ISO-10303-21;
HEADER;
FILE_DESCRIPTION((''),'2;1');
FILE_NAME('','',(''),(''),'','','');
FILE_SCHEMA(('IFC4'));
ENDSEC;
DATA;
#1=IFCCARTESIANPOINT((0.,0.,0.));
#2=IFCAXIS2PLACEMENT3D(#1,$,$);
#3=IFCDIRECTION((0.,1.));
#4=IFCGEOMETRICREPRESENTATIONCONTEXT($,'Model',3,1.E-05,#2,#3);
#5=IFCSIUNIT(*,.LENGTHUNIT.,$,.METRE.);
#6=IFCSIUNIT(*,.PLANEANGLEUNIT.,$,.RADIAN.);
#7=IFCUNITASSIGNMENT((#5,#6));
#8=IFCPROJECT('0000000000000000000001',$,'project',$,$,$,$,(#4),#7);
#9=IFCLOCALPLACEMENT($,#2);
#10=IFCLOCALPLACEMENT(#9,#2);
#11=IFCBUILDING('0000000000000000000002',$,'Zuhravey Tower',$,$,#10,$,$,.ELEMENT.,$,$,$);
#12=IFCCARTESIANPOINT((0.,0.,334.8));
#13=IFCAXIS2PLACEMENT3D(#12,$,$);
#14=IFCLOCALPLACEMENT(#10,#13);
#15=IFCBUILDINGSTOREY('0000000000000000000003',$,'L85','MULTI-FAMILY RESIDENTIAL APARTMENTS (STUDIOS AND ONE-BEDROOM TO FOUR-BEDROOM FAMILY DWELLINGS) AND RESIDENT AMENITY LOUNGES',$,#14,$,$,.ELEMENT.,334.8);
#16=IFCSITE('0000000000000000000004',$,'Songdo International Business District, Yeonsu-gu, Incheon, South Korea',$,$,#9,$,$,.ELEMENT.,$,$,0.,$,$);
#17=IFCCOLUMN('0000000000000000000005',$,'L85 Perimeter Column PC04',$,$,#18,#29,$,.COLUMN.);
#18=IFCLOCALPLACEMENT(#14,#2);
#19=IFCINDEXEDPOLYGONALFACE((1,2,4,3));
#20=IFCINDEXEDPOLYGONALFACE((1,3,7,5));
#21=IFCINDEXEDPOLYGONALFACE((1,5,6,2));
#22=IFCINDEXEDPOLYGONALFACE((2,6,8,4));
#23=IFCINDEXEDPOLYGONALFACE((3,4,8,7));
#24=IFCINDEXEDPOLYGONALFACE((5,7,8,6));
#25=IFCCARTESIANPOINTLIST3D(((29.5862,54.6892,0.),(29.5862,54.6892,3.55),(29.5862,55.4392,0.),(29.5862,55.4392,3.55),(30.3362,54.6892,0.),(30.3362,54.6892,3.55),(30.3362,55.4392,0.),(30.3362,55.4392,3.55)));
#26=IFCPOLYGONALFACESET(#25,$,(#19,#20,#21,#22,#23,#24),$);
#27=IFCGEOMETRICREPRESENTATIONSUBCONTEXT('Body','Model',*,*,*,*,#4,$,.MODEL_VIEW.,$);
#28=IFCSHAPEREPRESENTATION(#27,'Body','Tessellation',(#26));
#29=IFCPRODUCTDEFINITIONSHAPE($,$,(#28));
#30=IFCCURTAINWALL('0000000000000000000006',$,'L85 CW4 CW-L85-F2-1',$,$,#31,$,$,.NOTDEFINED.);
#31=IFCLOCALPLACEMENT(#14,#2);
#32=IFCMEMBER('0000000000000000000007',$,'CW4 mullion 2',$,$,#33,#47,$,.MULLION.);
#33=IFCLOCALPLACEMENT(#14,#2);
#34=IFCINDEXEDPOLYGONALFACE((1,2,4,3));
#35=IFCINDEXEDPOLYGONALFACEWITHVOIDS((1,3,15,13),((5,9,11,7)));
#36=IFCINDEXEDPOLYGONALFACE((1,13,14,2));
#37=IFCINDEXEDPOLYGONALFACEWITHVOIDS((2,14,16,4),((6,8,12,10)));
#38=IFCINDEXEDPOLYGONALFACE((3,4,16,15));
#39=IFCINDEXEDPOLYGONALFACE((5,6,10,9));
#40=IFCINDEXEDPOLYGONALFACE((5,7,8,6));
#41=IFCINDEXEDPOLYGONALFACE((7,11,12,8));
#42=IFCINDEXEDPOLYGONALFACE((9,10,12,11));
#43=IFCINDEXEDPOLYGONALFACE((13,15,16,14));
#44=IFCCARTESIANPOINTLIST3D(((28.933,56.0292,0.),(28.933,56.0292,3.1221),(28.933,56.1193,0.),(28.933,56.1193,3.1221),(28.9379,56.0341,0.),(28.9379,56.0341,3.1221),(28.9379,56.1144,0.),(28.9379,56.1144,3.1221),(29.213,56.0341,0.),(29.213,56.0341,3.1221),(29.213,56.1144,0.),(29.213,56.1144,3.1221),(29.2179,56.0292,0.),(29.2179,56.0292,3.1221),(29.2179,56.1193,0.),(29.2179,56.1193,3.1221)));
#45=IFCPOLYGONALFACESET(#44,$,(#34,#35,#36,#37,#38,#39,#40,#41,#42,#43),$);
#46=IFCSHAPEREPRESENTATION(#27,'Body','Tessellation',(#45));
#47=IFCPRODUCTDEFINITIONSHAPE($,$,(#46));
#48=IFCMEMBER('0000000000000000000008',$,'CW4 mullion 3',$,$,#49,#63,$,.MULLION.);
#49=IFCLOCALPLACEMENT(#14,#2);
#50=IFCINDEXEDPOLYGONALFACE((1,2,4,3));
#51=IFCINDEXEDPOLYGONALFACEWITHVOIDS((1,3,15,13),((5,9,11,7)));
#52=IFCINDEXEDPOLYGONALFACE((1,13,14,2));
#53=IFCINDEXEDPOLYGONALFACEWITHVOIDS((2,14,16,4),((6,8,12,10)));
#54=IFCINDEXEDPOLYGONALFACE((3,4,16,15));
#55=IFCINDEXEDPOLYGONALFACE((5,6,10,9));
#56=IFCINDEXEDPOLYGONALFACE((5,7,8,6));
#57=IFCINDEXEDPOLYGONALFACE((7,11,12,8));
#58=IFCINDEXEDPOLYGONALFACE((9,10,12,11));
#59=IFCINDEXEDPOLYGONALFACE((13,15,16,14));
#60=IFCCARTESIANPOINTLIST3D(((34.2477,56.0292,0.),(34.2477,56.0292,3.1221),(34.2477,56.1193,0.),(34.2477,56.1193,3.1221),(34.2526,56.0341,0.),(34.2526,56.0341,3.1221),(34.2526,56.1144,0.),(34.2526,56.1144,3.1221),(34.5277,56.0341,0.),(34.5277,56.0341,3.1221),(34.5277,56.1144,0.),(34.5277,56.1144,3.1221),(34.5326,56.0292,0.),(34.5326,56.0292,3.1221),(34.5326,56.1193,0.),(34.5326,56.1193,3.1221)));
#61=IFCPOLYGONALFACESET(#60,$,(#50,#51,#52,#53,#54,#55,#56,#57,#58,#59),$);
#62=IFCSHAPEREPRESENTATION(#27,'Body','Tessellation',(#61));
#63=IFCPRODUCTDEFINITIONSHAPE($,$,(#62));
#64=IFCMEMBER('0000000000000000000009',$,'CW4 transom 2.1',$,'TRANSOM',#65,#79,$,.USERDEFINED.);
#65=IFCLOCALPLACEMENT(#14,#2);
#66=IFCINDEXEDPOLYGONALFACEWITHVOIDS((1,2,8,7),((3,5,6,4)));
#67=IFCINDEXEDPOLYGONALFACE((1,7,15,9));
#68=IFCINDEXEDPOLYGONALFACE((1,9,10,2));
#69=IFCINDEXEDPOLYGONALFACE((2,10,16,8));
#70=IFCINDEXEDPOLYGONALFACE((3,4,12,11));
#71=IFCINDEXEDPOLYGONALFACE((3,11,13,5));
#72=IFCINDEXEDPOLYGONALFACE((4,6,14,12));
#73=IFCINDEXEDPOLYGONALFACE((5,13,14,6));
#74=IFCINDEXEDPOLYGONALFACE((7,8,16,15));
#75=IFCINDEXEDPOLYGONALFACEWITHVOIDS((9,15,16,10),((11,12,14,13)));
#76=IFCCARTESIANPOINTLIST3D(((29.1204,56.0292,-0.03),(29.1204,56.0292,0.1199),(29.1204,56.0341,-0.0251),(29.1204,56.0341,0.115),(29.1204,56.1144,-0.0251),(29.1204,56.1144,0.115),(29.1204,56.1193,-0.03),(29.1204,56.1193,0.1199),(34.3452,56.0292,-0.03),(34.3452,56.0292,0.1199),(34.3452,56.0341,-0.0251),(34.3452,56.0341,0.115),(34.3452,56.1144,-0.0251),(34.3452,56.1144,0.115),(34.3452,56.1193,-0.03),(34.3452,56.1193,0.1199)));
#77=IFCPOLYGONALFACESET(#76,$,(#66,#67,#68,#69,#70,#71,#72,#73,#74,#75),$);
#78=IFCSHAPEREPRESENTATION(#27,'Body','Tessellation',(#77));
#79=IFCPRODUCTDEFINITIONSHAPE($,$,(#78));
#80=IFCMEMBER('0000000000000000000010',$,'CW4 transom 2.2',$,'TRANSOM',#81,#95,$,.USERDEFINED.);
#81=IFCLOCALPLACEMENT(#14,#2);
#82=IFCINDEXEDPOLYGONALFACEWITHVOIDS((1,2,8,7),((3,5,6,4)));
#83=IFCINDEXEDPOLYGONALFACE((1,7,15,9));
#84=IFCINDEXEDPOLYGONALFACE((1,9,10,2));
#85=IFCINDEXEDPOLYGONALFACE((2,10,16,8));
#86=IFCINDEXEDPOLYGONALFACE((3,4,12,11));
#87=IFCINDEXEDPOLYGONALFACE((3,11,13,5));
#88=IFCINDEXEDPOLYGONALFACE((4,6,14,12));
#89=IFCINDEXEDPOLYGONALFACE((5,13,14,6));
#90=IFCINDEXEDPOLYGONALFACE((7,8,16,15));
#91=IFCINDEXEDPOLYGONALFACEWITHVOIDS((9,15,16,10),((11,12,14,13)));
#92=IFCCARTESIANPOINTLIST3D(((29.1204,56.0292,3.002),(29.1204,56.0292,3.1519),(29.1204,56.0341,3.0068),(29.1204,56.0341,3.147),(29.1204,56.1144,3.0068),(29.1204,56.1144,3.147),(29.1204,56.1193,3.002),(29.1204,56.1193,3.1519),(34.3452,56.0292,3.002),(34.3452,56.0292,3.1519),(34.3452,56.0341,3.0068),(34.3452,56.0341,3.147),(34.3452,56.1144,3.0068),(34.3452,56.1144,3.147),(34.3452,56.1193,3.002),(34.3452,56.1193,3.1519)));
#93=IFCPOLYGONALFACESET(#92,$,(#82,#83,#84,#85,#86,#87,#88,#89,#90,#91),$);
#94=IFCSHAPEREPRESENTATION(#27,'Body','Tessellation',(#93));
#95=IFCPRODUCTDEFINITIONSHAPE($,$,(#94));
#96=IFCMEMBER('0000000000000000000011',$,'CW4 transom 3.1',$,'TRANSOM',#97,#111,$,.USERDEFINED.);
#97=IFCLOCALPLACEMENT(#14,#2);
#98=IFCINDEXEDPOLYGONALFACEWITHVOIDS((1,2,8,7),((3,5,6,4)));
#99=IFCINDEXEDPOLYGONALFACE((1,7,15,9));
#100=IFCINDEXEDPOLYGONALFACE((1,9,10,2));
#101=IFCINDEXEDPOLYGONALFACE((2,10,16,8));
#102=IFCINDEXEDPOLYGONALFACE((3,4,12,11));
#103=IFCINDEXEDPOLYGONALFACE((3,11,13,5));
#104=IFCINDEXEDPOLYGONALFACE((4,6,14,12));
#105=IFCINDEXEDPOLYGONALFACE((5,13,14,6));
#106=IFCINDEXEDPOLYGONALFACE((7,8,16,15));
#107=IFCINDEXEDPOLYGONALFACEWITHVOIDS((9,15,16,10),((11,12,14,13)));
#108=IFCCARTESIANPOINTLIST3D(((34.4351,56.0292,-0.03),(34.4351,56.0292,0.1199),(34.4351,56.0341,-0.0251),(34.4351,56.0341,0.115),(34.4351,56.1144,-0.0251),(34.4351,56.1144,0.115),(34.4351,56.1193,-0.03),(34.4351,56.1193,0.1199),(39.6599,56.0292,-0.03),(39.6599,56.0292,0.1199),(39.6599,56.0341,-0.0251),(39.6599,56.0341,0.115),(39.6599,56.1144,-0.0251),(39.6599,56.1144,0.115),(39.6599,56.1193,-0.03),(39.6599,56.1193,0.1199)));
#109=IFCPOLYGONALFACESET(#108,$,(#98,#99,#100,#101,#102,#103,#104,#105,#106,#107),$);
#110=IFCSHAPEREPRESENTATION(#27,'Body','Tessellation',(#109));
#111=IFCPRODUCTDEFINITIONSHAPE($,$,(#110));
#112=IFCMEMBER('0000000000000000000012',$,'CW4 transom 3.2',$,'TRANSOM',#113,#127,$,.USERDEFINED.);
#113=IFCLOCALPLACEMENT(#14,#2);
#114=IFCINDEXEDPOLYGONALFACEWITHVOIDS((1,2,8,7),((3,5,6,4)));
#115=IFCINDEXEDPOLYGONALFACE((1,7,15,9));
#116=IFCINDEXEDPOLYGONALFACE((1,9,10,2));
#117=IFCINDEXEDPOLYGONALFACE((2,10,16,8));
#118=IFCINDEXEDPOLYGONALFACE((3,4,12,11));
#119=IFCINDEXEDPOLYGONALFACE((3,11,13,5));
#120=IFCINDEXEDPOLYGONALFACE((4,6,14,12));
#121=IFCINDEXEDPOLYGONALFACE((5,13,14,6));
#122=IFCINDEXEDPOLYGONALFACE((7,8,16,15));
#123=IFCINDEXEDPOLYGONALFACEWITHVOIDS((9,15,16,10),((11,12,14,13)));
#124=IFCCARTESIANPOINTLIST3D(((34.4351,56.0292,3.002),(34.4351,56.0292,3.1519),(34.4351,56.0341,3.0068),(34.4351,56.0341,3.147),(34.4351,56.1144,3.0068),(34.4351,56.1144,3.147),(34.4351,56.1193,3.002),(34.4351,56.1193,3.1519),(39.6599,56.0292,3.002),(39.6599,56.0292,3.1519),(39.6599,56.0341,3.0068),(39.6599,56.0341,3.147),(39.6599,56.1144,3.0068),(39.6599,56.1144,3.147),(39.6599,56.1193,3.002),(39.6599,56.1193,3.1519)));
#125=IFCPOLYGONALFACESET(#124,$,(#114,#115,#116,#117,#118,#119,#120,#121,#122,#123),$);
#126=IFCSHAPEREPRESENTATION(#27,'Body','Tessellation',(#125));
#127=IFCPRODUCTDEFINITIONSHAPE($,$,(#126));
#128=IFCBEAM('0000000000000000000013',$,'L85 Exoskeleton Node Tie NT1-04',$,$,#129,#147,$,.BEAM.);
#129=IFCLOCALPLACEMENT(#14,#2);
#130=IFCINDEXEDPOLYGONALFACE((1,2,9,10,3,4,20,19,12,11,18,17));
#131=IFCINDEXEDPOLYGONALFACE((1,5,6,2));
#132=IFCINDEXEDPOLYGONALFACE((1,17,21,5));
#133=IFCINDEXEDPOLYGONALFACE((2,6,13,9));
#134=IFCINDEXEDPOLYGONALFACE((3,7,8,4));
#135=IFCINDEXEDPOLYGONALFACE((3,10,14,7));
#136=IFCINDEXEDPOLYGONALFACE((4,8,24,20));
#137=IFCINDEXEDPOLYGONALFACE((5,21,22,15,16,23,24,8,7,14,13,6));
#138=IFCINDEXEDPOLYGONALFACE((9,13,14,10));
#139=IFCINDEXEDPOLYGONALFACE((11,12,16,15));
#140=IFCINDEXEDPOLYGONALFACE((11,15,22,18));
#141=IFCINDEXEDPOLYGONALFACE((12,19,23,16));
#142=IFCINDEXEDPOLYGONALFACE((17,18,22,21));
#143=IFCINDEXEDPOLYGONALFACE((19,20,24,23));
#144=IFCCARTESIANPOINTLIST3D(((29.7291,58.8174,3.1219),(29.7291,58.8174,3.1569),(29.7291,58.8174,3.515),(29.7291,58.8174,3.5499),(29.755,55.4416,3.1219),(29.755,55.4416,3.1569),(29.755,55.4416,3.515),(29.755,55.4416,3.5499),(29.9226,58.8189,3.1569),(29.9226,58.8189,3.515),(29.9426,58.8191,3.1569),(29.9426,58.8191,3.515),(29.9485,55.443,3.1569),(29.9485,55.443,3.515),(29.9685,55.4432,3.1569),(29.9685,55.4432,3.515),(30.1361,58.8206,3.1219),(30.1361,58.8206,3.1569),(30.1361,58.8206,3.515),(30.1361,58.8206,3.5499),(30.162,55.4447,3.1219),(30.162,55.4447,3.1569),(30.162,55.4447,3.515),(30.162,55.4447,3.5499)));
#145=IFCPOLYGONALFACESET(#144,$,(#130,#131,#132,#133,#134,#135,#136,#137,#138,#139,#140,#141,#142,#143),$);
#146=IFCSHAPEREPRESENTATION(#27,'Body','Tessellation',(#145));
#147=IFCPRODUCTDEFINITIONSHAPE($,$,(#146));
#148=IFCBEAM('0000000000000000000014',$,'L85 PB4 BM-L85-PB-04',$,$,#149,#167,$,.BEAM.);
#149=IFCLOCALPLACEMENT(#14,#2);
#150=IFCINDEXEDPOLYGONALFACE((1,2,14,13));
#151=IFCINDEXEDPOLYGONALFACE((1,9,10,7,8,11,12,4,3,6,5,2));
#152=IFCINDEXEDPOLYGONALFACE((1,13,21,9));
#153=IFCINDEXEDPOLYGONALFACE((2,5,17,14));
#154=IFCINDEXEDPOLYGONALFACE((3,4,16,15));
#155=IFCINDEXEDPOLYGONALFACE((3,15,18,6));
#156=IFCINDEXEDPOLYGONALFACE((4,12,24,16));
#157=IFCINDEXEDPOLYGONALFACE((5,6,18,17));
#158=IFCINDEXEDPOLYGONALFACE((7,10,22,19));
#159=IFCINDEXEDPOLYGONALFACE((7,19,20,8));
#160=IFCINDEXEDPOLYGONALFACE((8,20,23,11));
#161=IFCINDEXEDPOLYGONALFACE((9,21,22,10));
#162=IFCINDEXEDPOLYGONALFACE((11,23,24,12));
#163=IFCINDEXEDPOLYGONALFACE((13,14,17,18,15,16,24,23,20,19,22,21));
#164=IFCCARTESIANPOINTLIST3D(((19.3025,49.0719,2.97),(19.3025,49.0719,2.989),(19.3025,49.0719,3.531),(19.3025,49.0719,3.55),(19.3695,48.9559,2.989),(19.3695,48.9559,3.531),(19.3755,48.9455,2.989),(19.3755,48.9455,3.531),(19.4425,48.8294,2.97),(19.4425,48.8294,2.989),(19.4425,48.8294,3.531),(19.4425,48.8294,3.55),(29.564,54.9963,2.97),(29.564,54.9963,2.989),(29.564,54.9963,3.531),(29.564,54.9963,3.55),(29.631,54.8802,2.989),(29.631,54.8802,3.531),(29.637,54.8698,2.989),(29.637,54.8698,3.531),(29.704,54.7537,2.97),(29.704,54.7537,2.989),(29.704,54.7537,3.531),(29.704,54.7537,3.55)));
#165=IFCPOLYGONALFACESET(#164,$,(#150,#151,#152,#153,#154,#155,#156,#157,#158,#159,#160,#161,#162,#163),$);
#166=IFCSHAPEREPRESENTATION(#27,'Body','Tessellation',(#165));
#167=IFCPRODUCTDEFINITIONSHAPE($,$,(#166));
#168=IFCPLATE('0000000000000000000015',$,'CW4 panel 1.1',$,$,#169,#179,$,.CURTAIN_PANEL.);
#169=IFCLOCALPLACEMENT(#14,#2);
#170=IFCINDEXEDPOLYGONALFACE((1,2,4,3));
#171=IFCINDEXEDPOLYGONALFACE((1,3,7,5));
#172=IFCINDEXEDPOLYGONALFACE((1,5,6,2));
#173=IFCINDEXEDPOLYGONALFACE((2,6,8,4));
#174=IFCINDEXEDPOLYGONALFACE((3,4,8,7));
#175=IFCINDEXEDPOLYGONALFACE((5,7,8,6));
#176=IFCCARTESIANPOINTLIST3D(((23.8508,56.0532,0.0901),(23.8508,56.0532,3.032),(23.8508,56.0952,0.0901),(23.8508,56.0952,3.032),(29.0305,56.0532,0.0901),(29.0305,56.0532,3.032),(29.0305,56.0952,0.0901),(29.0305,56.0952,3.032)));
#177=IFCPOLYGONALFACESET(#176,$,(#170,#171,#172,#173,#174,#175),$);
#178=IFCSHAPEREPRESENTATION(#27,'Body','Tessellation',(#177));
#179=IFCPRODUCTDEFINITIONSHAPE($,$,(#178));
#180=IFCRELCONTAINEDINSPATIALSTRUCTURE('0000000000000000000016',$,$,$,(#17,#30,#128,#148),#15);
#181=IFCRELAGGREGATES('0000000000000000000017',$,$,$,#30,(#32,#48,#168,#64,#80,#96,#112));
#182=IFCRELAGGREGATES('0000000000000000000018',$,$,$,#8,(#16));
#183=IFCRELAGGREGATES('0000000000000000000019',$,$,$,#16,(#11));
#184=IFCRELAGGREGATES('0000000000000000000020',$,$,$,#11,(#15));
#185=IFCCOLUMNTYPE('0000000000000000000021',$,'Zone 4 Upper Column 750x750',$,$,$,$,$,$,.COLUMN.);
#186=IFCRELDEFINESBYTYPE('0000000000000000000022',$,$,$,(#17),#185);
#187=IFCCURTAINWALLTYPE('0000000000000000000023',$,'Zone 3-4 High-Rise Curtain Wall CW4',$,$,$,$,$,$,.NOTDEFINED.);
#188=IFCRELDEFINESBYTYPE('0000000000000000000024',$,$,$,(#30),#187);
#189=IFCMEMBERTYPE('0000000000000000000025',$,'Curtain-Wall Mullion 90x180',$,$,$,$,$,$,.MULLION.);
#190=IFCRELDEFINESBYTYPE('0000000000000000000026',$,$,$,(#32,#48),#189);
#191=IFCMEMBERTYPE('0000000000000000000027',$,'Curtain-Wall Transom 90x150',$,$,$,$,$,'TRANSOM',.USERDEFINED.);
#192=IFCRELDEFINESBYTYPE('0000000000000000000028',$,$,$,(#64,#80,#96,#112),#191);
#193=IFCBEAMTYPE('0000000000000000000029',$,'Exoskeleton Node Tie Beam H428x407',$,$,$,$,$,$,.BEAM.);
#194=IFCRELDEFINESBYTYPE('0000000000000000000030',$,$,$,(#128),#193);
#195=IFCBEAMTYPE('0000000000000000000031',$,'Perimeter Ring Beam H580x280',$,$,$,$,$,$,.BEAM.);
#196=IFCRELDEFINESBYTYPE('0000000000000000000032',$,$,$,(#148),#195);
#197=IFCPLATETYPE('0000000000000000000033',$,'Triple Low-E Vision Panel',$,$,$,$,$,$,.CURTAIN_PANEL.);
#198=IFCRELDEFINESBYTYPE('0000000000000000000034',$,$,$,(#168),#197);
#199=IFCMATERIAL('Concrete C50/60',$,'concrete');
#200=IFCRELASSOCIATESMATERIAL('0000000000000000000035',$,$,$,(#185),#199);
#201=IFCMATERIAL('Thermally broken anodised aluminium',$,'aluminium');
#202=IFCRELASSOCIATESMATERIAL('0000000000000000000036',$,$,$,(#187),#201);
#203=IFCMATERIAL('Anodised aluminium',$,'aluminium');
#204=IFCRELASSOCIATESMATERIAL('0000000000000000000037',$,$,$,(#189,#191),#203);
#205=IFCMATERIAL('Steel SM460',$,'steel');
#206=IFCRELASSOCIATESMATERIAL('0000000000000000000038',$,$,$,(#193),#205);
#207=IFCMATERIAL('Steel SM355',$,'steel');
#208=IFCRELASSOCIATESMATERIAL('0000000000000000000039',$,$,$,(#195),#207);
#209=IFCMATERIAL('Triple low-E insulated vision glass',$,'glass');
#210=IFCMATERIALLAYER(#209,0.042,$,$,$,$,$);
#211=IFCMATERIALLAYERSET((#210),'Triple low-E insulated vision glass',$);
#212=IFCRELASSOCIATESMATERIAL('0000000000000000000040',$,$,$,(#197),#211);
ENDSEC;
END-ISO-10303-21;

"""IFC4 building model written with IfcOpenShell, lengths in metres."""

from ifc_helpers import new_model, si_unit, direction, frame, origin, origin_2d, place, context, subcontext, project, spatial, rectangle, hollow_rectangle, i_section, extrude, material, layer, layer_set, material_profile, profile_set, type_object, element, aggregate, save


model = new_model("IFC4")

# Units and contexts
model_context = context("Model", 3, precision=1e-05, world=origin(), true_north=direction((0.0, 1.0)))
body_context = subcontext(model_context, "Body", "Model", "MODEL_VIEW")
ifc_project = project(units=[si_unit("LENGTHUNIT", "METRE"), si_unit("PLANEANGLEUNIT", "RADIAN")], contexts=[model_context])

# Site, building, storey
site_placement = place(None, origin())
site = spatial("IfcSite", under=ifc_project, at=site_placement, Name="Songdo International Business District, Yeonsu-gu, Incheon, South Korea", CompositionType="ELEMENT", RefElevation=0.0)
building_placement = place(site_placement, origin())
building = spatial("IfcBuilding", under=site, at=building_placement, Name="Zuhravey Tower", CompositionType="ELEMENT")
storey_placement = place(building_placement, frame((0.0, 0.0, 334.8)))
storey = spatial("IfcBuildingStorey", under=building, at=storey_placement, Name="L85", Description="MULTI-FAMILY RESIDENTIAL APARTMENTS (STUDIOS AND ONE-BEDROOM TO FOUR-BEDROOM FAMILY DWELLINGS) AND RESIDENT AMENITY LOUNGES", CompositionType="ELEMENT", Elevation=334.8)

# Column
ifc_material_1 = material(Name="Concrete C50/60", Category="concrete")
ifc_material_profile_1 = material_profile(ifc_material_1, rectangle(XDim=0.75, YDim=0.75, at=origin_2d()), Name="RC-750x750")
ifc_profile_set_1 = profile_set([ifc_material_profile_1], Name="Concrete C50/60")
column_type = type_object("IfcColumnType", Name="Zone 4 Upper Column 750x750", PredefinedType="COLUMN", material=ifc_profile_set_1)
column_placement = place(storey_placement, frame((29.9612, 55.0642, 0.0), z_axis=(0.0, 0.0, 1.0), x_axis=(-1.0, 0.0, 0.0)))
element("IfcColumn", 1, at=column_placement, inside=storey, type_object=column_type, Name="L85 Perimeter Column PC04", PredefinedType="COLUMN", context=body_context, shape_type="SweptSolid", body=[
    extrude(rectangle(XDim=0.75, YDim=0.75, at=origin_2d()), origin(), (0.0, 0.0, 1.0), 3.55),
])

# Curtain wall, members
ifc_material_2 = material(Name="Thermally broken anodised aluminium", Category="aluminium")
curtain_wall_type = type_object("IfcCurtainWallType", Name="Zone 3-4 High-Rise Curtain Wall CW4", PredefinedType="NOTDEFINED", material=ifc_material_2)
curtain_wall_placement = place(storey_placement, origin())
curtain_wall = element("IfcCurtainWall", 2, at=curtain_wall_placement, inside=storey, type_object=curtain_wall_type, Name="L85 CW4 CW-L85-F2-1", PredefinedType="NOTDEFINED")
ifc_material_3 = material(Name="Anodised aluminium", Category="aluminium")
ifc_material_profile_2 = material_profile(ifc_material_3, hollow_rectangle(XDim=0.0901, YDim=0.2849, WallThickness=0.0049, at=origin_2d()), Name="ALU-RHS-90x285x5")
ifc_profile_set_2 = profile_set([ifc_material_profile_2], Name="Anodised aluminium")
member_type_1 = type_object("IfcMemberType", Name="Curtain-Wall Mullion 90x180", PredefinedType="MULLION", material=ifc_profile_set_2)
member_1_placement = place(storey_placement, frame((29.0754, 56.0742, 0.0), z_axis=(0.0, 0.0, 1.0), x_axis=(0.0, 1.0, 0.0)))
member_1 = element("IfcMember", 3, at=member_1_placement, type_object=member_type_1, Name="CW4 mullion 2", PredefinedType="MULLION", context=body_context, shape_type="SweptSolid", body=[
    extrude(hollow_rectangle(XDim=0.0901, YDim=0.2849, WallThickness=0.0049, at=origin_2d()), origin(), (0.0, 0.0, 1.0), 3.1221),
])
member_2_placement = place(storey_placement, frame((34.3901, 56.0742, 0.0), z_axis=(0.0, 0.0, 1.0), x_axis=(0.0, 1.0, 0.0)))
member_2 = element("IfcMember", 4, at=member_2_placement, type_object=member_type_1, Name="CW4 mullion 3", PredefinedType="MULLION", context=body_context, shape_type="SweptSolid", body=[
    extrude(hollow_rectangle(XDim=0.0901, YDim=0.2849, WallThickness=0.0049, at=origin_2d()), origin(), (0.0, 0.0, 1.0), 3.1221),
])
ifc_material_profile_3 = material_profile(ifc_material_3, hollow_rectangle(XDim=0.0901, YDim=0.1499, WallThickness=0.0049, at=origin_2d()), Name="ALU-RHS-90x150x5")
ifc_profile_set_3 = profile_set([ifc_material_profile_3], Name="Anodised aluminium")
member_type_2 = type_object("IfcMemberType", Name="Curtain-Wall Transom 90x150", ElementType="TRANSOM", PredefinedType="USERDEFINED", material=ifc_profile_set_3)
member_3_placement = place(storey_placement, frame((29.1204, 56.0742, 0.0449), z_axis=(1.0, 0.0, 0.0), x_axis=(0.0, 1.0, 0.0)))
member_3 = element("IfcMember", 5, at=member_3_placement, type_object=member_type_2, Name="CW4 transom 2.1", ObjectType="TRANSOM", PredefinedType="USERDEFINED", context=body_context, shape_type="SweptSolid", body=[
    extrude(hollow_rectangle(XDim=0.0901, YDim=0.1499, WallThickness=0.0049, at=origin_2d()), origin(), (0.0, 0.0, 1.0), 5.2249),
])
member_4_placement = place(storey_placement, frame((29.1204, 56.0742, 3.0769), z_axis=(1.0, 0.0, 0.0), x_axis=(0.0, 1.0, 0.0)))
member_4 = element("IfcMember", 6, at=member_4_placement, type_object=member_type_2, Name="CW4 transom 2.2", ObjectType="TRANSOM", PredefinedType="USERDEFINED", context=body_context, shape_type="SweptSolid", body=[
    extrude(hollow_rectangle(XDim=0.0901, YDim=0.1499, WallThickness=0.0049, at=origin_2d()), origin(), (0.0, 0.0, 1.0), 5.2249),
])
member_5_placement = place(storey_placement, frame((34.4351, 56.0742, 0.0449), z_axis=(1.0, 0.0, 0.0), x_axis=(0.0, 1.0, 0.0)))
member_5 = element("IfcMember", 7, at=member_5_placement, type_object=member_type_2, Name="CW4 transom 3.1", ObjectType="TRANSOM", PredefinedType="USERDEFINED", context=body_context, shape_type="SweptSolid", body=[
    extrude(hollow_rectangle(XDim=0.0901, YDim=0.1499, WallThickness=0.0049, at=origin_2d()), origin(), (0.0, 0.0, 1.0), 5.2249),
])
member_6_placement = place(storey_placement, frame((34.4351, 56.0742, 3.0769), z_axis=(1.0, 0.0, 0.0), x_axis=(0.0, 1.0, 0.0)))
member_6 = element("IfcMember", 8, at=member_6_placement, type_object=member_type_2, Name="CW4 transom 3.2", ObjectType="TRANSOM", PredefinedType="USERDEFINED", context=body_context, shape_type="SweptSolid", body=[
    extrude(hollow_rectangle(XDim=0.0901, YDim=0.1499, WallThickness=0.0049, at=origin_2d()), origin(), (0.0, 0.0, 1.0), 5.2249),
])

# Beams
ifc_material_4 = material(Name="Steel SM460", Category="steel")
ifc_material_profile_4 = material_profile(ifc_material_4, i_section(OverallWidth=0.407, OverallDepth=0.428, WebThickness=0.02, FlangeThickness=0.0349, at=origin_2d()), Name="H-428x407x20x35")
ifc_profile_set_4 = profile_set([ifc_material_profile_4], Name="Steel SM460")
beam_type_1 = type_object("IfcBeamType", Name="Exoskeleton Node Tie Beam H428x407", PredefinedType="BEAM", material=ifc_profile_set_4)
beam_1_placement = place(storey_placement, frame((29.9585, 55.4431, 3.3359), z_axis=(-0.007665, 0.999971, 0.0), x_axis=(-0.999971, -0.007665, 0.0)))
element("IfcBeam", 9, at=beam_1_placement, inside=storey, type_object=beam_type_1, Name="L85 Exoskeleton Node Tie NT1-04", PredefinedType="BEAM", context=body_context, shape_type="SweptSolid", body=[
    extrude(i_section(OverallWidth=0.407, OverallDepth=0.428, WebThickness=0.02, FlangeThickness=0.0349, at=origin_2d()), origin(), (0.0, 0.0, 1.0), 3.376),
])
ifc_material_5 = material(Name="Steel SM355", Category="steel")
ifc_material_profile_5 = material_profile(ifc_material_5, i_section(OverallWidth=0.28, OverallDepth=0.5801, WebThickness=0.012, FlangeThickness=0.019, at=origin_2d()), Name="H-580x280x12x19")
ifc_profile_set_5 = profile_set([ifc_material_profile_5], Name="Steel SM355")
beam_type_2 = type_object("IfcBeamType", Name="Perimeter Ring Beam H580x280", PredefinedType="BEAM", material=ifc_profile_set_5)
beam_2_placement = place(storey_placement, frame((29.634, 54.875, 3.26), z_axis=(-0.866031, -0.499991, 0.0), x_axis=(0.499991, -0.866031, 0.0)))
element("IfcBeam", 10, at=beam_2_placement, inside=storey, type_object=beam_type_2, Name="L85 PB4 BM-L85-PB-04", PredefinedType="BEAM", context=body_context, shape_type="SweptSolid", body=[
    extrude(i_section(OverallWidth=0.28, OverallDepth=0.5801, WebThickness=0.012, FlangeThickness=0.019, at=origin_2d()), origin(), (0.0, 0.0, 1.0), 11.8489),
])

# Plate
ifc_material_6 = material(Name="Triple low-E insulated vision glass", Category="glass")
ifc_layer_1 = layer(ifc_material_6, 0.042)
ifc_layer_set_1 = layer_set([ifc_layer_1], Name="Triple low-E insulated vision glass")
plate_type = type_object("IfcPlateType", Name="Triple Low-E Vision Panel", PredefinedType="CURTAIN_PANEL", material=ifc_layer_set_1)
plate_1_placement = place(storey_placement, frame((26.4407, 56.0742, 0.0901), z_axis=(0.0, 0.0, 1.0), x_axis=(1.0, 0.0, 0.0)))
plate_1 = element("IfcPlate", 11, at=plate_1_placement, type_object=plate_type, Name="CW4 panel 1.1", PredefinedType="CURTAIN_PANEL", context=body_context, shape_type="SweptSolid", body=[
    extrude(rectangle(XDim=5.1797, YDim=0.042, at=origin_2d()), origin(), (0.0, 0.0, 1.0), 2.9419),
])
aggregate(curtain_wall, [member_1, member_2, plate_1, member_3, member_4, member_5, member_6])

save(model, "model.ifc")
